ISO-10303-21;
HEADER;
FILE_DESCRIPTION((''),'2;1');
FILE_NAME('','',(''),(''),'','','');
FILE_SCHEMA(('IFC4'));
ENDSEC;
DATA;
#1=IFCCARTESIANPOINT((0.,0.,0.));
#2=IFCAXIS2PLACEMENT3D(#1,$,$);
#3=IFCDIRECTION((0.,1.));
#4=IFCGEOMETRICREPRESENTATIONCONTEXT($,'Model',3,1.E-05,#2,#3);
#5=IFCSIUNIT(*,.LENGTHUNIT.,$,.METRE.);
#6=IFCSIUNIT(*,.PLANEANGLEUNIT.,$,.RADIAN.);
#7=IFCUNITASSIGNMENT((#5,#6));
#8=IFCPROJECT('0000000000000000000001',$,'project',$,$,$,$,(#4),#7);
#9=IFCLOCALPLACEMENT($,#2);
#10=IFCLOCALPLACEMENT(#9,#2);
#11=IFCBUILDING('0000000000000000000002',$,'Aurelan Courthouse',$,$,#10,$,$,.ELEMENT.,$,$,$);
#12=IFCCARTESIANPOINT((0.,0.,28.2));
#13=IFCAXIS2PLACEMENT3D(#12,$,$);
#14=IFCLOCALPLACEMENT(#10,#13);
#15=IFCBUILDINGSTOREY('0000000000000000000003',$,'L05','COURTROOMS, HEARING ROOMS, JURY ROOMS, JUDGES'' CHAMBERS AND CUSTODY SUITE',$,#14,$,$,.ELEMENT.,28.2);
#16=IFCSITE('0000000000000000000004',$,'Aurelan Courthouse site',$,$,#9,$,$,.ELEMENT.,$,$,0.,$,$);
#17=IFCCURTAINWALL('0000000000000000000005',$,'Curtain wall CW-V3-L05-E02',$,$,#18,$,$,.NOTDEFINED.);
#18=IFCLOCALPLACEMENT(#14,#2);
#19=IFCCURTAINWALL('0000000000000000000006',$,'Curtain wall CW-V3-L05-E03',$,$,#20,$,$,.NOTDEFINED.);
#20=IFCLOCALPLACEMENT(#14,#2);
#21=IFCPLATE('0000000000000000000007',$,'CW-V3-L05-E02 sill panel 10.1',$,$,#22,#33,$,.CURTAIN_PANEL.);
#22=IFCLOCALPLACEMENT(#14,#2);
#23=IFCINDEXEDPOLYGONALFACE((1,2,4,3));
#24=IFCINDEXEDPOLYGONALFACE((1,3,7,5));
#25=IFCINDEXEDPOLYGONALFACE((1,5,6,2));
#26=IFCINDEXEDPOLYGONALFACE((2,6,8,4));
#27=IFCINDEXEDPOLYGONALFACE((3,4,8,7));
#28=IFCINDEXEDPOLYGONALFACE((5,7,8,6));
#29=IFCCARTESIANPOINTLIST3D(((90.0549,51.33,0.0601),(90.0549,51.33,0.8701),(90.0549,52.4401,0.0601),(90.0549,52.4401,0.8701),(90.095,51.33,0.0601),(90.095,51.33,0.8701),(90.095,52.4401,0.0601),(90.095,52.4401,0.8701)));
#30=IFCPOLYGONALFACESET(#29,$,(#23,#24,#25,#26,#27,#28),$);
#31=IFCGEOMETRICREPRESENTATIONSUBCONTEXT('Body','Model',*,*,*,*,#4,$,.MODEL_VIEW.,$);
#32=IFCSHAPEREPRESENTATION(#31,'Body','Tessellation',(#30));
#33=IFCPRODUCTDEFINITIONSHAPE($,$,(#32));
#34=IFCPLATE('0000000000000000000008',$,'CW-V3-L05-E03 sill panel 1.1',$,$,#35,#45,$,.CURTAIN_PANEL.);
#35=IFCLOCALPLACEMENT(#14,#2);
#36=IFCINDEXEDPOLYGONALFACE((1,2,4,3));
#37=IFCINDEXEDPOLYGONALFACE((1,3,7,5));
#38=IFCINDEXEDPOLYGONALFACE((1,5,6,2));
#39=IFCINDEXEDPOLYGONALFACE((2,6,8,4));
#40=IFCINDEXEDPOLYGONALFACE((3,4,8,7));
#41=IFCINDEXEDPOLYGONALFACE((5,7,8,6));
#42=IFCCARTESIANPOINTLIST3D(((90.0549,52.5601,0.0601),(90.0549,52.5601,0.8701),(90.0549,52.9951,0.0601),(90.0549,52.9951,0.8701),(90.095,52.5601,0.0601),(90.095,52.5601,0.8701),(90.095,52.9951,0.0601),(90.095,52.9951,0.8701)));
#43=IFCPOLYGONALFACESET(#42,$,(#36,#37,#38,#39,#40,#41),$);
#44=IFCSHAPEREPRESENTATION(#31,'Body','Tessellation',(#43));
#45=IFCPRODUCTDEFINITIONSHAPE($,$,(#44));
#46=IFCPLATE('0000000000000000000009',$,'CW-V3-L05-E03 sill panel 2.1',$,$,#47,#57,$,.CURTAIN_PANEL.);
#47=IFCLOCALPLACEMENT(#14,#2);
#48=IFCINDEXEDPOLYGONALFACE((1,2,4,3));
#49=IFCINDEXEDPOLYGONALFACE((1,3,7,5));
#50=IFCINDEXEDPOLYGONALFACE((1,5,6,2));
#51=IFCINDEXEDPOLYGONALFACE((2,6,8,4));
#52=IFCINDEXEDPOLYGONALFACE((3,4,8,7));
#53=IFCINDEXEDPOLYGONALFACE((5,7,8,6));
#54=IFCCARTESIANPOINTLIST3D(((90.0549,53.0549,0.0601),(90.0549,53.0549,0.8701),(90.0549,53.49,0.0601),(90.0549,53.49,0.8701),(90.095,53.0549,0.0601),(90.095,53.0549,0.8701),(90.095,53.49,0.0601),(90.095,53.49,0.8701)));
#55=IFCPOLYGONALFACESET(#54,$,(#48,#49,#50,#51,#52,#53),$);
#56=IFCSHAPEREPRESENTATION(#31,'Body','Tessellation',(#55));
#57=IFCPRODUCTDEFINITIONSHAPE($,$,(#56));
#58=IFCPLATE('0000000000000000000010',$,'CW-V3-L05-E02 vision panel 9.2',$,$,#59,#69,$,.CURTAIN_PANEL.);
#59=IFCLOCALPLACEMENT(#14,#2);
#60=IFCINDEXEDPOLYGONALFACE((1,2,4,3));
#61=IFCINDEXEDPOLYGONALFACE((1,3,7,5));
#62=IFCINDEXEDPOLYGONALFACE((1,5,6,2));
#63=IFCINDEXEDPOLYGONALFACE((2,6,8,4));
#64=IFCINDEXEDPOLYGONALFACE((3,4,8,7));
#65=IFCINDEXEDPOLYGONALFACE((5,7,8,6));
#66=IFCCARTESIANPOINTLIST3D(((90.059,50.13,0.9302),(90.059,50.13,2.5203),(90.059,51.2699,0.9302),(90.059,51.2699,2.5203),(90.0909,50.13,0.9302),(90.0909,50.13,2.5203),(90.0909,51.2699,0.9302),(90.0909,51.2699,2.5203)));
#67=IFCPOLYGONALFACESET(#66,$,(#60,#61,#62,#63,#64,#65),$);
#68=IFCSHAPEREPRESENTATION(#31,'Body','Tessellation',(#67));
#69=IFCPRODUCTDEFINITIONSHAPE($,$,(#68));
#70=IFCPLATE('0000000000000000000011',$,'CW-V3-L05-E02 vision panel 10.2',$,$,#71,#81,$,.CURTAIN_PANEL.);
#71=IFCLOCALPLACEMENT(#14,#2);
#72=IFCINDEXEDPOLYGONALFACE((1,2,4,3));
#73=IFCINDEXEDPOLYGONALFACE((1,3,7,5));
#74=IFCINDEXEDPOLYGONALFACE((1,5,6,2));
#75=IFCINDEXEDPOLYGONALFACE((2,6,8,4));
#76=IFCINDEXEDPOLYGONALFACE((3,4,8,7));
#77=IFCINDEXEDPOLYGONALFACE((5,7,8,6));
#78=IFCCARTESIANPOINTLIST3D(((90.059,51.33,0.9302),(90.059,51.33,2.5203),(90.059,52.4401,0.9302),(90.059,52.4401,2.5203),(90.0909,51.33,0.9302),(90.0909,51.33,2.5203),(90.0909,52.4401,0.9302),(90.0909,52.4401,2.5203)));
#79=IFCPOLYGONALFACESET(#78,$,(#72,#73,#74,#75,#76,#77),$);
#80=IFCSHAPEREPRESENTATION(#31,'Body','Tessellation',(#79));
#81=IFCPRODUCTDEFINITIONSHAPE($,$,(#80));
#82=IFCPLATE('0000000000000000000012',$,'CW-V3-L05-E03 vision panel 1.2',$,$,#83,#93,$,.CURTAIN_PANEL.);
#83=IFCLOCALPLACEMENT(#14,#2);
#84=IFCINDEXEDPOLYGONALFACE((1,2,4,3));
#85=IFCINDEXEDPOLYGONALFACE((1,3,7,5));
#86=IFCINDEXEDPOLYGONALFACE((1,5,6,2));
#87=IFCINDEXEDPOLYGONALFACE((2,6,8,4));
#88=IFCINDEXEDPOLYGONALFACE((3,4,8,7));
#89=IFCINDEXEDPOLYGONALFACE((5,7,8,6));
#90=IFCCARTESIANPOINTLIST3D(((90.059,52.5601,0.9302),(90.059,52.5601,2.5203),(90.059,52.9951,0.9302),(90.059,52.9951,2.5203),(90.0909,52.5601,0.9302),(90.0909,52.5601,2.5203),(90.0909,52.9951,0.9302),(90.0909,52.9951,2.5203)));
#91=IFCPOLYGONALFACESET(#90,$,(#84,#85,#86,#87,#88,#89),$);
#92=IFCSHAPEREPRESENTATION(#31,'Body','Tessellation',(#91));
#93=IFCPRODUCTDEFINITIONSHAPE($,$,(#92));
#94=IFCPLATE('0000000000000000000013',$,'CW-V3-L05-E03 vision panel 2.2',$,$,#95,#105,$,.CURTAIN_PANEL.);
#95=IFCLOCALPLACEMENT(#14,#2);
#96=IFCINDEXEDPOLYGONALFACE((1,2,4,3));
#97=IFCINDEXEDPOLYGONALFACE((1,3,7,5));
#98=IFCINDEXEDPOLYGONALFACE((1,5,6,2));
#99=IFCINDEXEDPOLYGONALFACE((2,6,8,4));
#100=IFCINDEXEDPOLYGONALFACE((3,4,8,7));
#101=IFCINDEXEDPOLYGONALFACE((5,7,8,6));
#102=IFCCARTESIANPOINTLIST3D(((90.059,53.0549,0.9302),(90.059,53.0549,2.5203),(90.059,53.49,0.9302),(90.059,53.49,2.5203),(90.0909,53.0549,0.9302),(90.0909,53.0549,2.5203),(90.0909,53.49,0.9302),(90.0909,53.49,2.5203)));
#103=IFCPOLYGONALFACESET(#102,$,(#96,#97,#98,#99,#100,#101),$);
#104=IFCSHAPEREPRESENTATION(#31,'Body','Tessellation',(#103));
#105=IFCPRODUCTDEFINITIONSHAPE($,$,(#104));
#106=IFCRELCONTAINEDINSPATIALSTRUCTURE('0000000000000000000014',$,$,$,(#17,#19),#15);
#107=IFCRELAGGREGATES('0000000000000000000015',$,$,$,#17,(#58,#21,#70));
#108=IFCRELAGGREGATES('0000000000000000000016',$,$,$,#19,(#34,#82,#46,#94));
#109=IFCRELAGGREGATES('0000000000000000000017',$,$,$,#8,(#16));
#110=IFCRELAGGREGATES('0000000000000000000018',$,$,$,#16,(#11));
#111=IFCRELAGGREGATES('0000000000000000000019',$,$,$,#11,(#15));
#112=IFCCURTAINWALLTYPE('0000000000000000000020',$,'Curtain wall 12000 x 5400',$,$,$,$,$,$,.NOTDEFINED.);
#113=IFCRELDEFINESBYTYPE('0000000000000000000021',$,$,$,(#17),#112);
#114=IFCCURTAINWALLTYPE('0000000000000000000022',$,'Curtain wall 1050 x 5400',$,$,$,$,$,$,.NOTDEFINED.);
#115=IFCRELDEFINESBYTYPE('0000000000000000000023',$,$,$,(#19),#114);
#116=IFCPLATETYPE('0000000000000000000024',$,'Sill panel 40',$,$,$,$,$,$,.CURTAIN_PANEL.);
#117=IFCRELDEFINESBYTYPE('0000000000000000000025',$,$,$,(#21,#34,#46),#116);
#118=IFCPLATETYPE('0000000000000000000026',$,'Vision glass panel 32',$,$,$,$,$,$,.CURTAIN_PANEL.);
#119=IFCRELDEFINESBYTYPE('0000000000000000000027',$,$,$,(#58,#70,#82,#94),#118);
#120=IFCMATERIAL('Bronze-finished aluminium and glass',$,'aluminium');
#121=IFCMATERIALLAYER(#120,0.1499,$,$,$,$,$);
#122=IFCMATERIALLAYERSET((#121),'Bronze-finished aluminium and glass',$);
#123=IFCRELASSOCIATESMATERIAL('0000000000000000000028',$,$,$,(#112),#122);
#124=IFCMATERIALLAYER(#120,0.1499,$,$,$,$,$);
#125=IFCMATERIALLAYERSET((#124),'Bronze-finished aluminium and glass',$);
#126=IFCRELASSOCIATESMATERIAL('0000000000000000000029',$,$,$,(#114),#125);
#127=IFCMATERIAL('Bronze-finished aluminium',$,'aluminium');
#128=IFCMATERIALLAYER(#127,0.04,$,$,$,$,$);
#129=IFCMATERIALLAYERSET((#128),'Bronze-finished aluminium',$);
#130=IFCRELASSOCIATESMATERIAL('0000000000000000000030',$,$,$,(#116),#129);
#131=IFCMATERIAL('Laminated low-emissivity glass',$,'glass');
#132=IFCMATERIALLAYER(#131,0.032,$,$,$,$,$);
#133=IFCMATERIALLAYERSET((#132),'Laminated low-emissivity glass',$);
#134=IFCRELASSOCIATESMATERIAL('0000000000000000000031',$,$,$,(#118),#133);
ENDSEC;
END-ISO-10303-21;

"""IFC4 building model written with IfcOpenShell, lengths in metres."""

from ifc_helpers import new_model, si_unit, direction, frame, origin, origin_2d, place, context, subcontext, project, spatial, rectangle, extrude, material, layer, layer_set, type_object, element, aggregate, save


model = new_model("IFC4")

# Units and contexts
model_context = context("Model", 3, precision=1e-05, world=origin(), true_north=direction((0.0, 1.0)))
body_context = subcontext(model_context, "Body", "Model", "MODEL_VIEW")
ifc_project = project(units=[si_unit("LENGTHUNIT", "METRE"), si_unit("PLANEANGLEUNIT", "RADIAN")], contexts=[model_context])

# Site, building, storey
site_placement = place(None, origin())
site = spatial("IfcSite", under=ifc_project, at=site_placement, Name="Aurelan Courthouse site", CompositionType="ELEMENT", RefElevation=0.0)
building_placement = place(site_placement, origin())
building = spatial("IfcBuilding", under=site, at=building_placement, Name="Aurelan Courthouse", CompositionType="ELEMENT")
storey_placement = place(building_placement, frame((0.0, 0.0, 28.2)))
storey = spatial("IfcBuildingStorey", under=building, at=storey_placement, Name="L05", Description="COURTROOMS, HEARING ROOMS, JURY ROOMS, JUDGES' CHAMBERS AND CUSTODY SUITE", CompositionType="ELEMENT", Elevation=28.2)

# Curtain walls
ifc_material_1 = material(Name="Bronze-finished aluminium and glass", Category="aluminium")
ifc_layer_1 = layer(ifc_material_1, 0.1499)
ifc_layer_set_1 = layer_set([ifc_layer_1], Name="Bronze-finished aluminium and glass")
curtain_wall_type_1 = type_object("IfcCurtainWallType", Name="Curtain wall 12000 x 5400", PredefinedType="NOTDEFINED", material=ifc_layer_set_1)
curtain_wall_1_placement = place(storey_placement, origin())
curtain_wall_1 = element("IfcCurtainWall", 1, at=curtain_wall_1_placement, inside=storey, type_object=curtain_wall_type_1, Name="Curtain wall CW-V3-L05-E02", PredefinedType="NOTDEFINED")
ifc_material_2 = material(Name="Bronze-finished aluminium", Category="aluminium")
ifc_layer_2 = layer(ifc_material_1, 0.1499)
ifc_layer_set_2 = layer_set([ifc_layer_2], Name="Bronze-finished aluminium and glass")
curtain_wall_type_2 = type_object("IfcCurtainWallType", Name="Curtain wall 1050 x 5400", PredefinedType="NOTDEFINED", material=ifc_layer_set_2)
curtain_wall_2_placement = place(storey_placement, origin())
curtain_wall_2 = element("IfcCurtainWall", 2, at=curtain_wall_2_placement, inside=storey, type_object=curtain_wall_type_2, Name="Curtain wall CW-V3-L05-E03", PredefinedType="NOTDEFINED")

# Plates
ifc_layer_3 = layer(ifc_material_2, 0.04)
ifc_layer_set_3 = layer_set([ifc_layer_3], Name="Bronze-finished aluminium")
plate_type_1 = type_object("IfcPlateType", Name="Sill panel 40", PredefinedType="CURTAIN_PANEL", material=ifc_layer_set_3)
plate_1_placement = place(storey_placement, frame((90.075, 51.885, 0.0601), z_axis=(0.0, 0.0, 1.0), x_axis=(0.0, 1.0, 0.0)))
plate_1 = element("IfcPlate", 3, at=plate_1_placement, type_object=plate_type_1, Name="CW-V3-L05-E02 sill panel 10.1", PredefinedType="CURTAIN_PANEL", context=body_context, shape_type="SweptSolid", body=[
    extrude(rectangle(XDim=1.1101, YDim=0.04, at=origin_2d()), origin(), (0.0, 0.0, 1.0), 0.8101),
])
plate_2_placement = place(storey_placement, frame((90.075, 52.7776, 0.0601), z_axis=(0.0, 0.0, 1.0), x_axis=(0.0, 1.0, 0.0)))
plate_2 = element("IfcPlate", 4, at=plate_2_placement, type_object=plate_type_1, Name="CW-V3-L05-E03 sill panel 1.1", PredefinedType="CURTAIN_PANEL", context=body_context, shape_type="SweptSolid", body=[
    extrude(rectangle(XDim=0.4351, YDim=0.04, at=origin_2d()), origin(), (0.0, 0.0, 1.0), 0.8101),
])
plate_3_placement = place(storey_placement, frame((90.075, 53.2725, 0.0601), z_axis=(0.0, 0.0, 1.0), x_axis=(0.0, 1.0, 0.0)))
plate_3 = element("IfcPlate", 5, at=plate_3_placement, type_object=plate_type_1, Name="CW-V3-L05-E03 sill panel 2.1", PredefinedType="CURTAIN_PANEL", context=body_context, shape_type="SweptSolid", body=[
    extrude(rectangle(XDim=0.4351, YDim=0.04, at=origin_2d()), origin(), (0.0, 0.0, 1.0), 0.8101),
])
ifc_material_3 = material(Name="Laminated low-emissivity glass", Category="glass")
ifc_layer_4 = layer(ifc_material_3, 0.032)
ifc_layer_set_4 = layer_set([ifc_layer_4], Name="Laminated low-emissivity glass")
plate_type_2 = type_object("IfcPlateType", Name="Vision glass panel 32", PredefinedType="CURTAIN_PANEL", material=ifc_layer_set_4)
plate_4_placement = place(storey_placement, frame((90.075, 50.7, 0.9302), z_axis=(0.0, 0.0, 1.0), x_axis=(0.0, 1.0, 0.0)))
plate_4 = element("IfcPlate", 6, at=plate_4_placement, type_object=plate_type_2, Name="CW-V3-L05-E02 vision panel 9.2", PredefinedType="CURTAIN_PANEL", context=body_context, shape_type="SweptSolid", body=[
    extrude(rectangle(XDim=1.1399, YDim=0.032, at=origin_2d()), origin(), (0.0, 0.0, 1.0), 1.5901),
])
plate_5_placement = place(storey_placement, frame((90.075, 51.885, 0.9302), z_axis=(0.0, 0.0, 1.0), x_axis=(0.0, 1.0, 0.0)))
plate_5 = element("IfcPlate", 7, at=plate_5_placement, type_object=plate_type_2, Name="CW-V3-L05-E02 vision panel 10.2", PredefinedType="CURTAIN_PANEL", context=body_context, shape_type="SweptSolid", body=[
    extrude(rectangle(XDim=1.1101, YDim=0.032, at=origin_2d()), origin(), (0.0, 0.0, 1.0), 1.5901),
])
aggregate(curtain_wall_1, [plate_4, plate_1, plate_5])
plate_6_placement = place(storey_placement, frame((90.075, 52.7776, 0.9302), z_axis=(0.0, 0.0, 1.0), x_axis=(0.0, 1.0, 0.0)))
plate_6 = element("IfcPlate", 8, at=plate_6_placement, type_object=plate_type_2, Name="CW-V3-L05-E03 vision panel 1.2", PredefinedType="CURTAIN_PANEL", context=body_context, shape_type="SweptSolid", body=[
    extrude(rectangle(XDim=0.4351, YDim=0.032, at=origin_2d()), origin(), (0.0, 0.0, 1.0), 1.5901),
])
plate_7_placement = place(storey_placement, frame((90.075, 53.2725, 0.9302), z_axis=(0.0, 0.0, 1.0), x_axis=(0.0, 1.0, 0.0)))
plate_7 = element("IfcPlate", 9, at=plate_7_placement, type_object=plate_type_2, Name="CW-V3-L05-E03 vision panel 2.2", PredefinedType="CURTAIN_PANEL", context=body_context, shape_type="SweptSolid", body=[
    extrude(rectangle(XDim=0.4351, YDim=0.032, at=origin_2d()), origin(), (0.0, 0.0, 1.0), 1.5901),
])
aggregate(curtain_wall_2, [plate_2, plate_6, plate_3, plate_7])

save(model, "model.ifc")
